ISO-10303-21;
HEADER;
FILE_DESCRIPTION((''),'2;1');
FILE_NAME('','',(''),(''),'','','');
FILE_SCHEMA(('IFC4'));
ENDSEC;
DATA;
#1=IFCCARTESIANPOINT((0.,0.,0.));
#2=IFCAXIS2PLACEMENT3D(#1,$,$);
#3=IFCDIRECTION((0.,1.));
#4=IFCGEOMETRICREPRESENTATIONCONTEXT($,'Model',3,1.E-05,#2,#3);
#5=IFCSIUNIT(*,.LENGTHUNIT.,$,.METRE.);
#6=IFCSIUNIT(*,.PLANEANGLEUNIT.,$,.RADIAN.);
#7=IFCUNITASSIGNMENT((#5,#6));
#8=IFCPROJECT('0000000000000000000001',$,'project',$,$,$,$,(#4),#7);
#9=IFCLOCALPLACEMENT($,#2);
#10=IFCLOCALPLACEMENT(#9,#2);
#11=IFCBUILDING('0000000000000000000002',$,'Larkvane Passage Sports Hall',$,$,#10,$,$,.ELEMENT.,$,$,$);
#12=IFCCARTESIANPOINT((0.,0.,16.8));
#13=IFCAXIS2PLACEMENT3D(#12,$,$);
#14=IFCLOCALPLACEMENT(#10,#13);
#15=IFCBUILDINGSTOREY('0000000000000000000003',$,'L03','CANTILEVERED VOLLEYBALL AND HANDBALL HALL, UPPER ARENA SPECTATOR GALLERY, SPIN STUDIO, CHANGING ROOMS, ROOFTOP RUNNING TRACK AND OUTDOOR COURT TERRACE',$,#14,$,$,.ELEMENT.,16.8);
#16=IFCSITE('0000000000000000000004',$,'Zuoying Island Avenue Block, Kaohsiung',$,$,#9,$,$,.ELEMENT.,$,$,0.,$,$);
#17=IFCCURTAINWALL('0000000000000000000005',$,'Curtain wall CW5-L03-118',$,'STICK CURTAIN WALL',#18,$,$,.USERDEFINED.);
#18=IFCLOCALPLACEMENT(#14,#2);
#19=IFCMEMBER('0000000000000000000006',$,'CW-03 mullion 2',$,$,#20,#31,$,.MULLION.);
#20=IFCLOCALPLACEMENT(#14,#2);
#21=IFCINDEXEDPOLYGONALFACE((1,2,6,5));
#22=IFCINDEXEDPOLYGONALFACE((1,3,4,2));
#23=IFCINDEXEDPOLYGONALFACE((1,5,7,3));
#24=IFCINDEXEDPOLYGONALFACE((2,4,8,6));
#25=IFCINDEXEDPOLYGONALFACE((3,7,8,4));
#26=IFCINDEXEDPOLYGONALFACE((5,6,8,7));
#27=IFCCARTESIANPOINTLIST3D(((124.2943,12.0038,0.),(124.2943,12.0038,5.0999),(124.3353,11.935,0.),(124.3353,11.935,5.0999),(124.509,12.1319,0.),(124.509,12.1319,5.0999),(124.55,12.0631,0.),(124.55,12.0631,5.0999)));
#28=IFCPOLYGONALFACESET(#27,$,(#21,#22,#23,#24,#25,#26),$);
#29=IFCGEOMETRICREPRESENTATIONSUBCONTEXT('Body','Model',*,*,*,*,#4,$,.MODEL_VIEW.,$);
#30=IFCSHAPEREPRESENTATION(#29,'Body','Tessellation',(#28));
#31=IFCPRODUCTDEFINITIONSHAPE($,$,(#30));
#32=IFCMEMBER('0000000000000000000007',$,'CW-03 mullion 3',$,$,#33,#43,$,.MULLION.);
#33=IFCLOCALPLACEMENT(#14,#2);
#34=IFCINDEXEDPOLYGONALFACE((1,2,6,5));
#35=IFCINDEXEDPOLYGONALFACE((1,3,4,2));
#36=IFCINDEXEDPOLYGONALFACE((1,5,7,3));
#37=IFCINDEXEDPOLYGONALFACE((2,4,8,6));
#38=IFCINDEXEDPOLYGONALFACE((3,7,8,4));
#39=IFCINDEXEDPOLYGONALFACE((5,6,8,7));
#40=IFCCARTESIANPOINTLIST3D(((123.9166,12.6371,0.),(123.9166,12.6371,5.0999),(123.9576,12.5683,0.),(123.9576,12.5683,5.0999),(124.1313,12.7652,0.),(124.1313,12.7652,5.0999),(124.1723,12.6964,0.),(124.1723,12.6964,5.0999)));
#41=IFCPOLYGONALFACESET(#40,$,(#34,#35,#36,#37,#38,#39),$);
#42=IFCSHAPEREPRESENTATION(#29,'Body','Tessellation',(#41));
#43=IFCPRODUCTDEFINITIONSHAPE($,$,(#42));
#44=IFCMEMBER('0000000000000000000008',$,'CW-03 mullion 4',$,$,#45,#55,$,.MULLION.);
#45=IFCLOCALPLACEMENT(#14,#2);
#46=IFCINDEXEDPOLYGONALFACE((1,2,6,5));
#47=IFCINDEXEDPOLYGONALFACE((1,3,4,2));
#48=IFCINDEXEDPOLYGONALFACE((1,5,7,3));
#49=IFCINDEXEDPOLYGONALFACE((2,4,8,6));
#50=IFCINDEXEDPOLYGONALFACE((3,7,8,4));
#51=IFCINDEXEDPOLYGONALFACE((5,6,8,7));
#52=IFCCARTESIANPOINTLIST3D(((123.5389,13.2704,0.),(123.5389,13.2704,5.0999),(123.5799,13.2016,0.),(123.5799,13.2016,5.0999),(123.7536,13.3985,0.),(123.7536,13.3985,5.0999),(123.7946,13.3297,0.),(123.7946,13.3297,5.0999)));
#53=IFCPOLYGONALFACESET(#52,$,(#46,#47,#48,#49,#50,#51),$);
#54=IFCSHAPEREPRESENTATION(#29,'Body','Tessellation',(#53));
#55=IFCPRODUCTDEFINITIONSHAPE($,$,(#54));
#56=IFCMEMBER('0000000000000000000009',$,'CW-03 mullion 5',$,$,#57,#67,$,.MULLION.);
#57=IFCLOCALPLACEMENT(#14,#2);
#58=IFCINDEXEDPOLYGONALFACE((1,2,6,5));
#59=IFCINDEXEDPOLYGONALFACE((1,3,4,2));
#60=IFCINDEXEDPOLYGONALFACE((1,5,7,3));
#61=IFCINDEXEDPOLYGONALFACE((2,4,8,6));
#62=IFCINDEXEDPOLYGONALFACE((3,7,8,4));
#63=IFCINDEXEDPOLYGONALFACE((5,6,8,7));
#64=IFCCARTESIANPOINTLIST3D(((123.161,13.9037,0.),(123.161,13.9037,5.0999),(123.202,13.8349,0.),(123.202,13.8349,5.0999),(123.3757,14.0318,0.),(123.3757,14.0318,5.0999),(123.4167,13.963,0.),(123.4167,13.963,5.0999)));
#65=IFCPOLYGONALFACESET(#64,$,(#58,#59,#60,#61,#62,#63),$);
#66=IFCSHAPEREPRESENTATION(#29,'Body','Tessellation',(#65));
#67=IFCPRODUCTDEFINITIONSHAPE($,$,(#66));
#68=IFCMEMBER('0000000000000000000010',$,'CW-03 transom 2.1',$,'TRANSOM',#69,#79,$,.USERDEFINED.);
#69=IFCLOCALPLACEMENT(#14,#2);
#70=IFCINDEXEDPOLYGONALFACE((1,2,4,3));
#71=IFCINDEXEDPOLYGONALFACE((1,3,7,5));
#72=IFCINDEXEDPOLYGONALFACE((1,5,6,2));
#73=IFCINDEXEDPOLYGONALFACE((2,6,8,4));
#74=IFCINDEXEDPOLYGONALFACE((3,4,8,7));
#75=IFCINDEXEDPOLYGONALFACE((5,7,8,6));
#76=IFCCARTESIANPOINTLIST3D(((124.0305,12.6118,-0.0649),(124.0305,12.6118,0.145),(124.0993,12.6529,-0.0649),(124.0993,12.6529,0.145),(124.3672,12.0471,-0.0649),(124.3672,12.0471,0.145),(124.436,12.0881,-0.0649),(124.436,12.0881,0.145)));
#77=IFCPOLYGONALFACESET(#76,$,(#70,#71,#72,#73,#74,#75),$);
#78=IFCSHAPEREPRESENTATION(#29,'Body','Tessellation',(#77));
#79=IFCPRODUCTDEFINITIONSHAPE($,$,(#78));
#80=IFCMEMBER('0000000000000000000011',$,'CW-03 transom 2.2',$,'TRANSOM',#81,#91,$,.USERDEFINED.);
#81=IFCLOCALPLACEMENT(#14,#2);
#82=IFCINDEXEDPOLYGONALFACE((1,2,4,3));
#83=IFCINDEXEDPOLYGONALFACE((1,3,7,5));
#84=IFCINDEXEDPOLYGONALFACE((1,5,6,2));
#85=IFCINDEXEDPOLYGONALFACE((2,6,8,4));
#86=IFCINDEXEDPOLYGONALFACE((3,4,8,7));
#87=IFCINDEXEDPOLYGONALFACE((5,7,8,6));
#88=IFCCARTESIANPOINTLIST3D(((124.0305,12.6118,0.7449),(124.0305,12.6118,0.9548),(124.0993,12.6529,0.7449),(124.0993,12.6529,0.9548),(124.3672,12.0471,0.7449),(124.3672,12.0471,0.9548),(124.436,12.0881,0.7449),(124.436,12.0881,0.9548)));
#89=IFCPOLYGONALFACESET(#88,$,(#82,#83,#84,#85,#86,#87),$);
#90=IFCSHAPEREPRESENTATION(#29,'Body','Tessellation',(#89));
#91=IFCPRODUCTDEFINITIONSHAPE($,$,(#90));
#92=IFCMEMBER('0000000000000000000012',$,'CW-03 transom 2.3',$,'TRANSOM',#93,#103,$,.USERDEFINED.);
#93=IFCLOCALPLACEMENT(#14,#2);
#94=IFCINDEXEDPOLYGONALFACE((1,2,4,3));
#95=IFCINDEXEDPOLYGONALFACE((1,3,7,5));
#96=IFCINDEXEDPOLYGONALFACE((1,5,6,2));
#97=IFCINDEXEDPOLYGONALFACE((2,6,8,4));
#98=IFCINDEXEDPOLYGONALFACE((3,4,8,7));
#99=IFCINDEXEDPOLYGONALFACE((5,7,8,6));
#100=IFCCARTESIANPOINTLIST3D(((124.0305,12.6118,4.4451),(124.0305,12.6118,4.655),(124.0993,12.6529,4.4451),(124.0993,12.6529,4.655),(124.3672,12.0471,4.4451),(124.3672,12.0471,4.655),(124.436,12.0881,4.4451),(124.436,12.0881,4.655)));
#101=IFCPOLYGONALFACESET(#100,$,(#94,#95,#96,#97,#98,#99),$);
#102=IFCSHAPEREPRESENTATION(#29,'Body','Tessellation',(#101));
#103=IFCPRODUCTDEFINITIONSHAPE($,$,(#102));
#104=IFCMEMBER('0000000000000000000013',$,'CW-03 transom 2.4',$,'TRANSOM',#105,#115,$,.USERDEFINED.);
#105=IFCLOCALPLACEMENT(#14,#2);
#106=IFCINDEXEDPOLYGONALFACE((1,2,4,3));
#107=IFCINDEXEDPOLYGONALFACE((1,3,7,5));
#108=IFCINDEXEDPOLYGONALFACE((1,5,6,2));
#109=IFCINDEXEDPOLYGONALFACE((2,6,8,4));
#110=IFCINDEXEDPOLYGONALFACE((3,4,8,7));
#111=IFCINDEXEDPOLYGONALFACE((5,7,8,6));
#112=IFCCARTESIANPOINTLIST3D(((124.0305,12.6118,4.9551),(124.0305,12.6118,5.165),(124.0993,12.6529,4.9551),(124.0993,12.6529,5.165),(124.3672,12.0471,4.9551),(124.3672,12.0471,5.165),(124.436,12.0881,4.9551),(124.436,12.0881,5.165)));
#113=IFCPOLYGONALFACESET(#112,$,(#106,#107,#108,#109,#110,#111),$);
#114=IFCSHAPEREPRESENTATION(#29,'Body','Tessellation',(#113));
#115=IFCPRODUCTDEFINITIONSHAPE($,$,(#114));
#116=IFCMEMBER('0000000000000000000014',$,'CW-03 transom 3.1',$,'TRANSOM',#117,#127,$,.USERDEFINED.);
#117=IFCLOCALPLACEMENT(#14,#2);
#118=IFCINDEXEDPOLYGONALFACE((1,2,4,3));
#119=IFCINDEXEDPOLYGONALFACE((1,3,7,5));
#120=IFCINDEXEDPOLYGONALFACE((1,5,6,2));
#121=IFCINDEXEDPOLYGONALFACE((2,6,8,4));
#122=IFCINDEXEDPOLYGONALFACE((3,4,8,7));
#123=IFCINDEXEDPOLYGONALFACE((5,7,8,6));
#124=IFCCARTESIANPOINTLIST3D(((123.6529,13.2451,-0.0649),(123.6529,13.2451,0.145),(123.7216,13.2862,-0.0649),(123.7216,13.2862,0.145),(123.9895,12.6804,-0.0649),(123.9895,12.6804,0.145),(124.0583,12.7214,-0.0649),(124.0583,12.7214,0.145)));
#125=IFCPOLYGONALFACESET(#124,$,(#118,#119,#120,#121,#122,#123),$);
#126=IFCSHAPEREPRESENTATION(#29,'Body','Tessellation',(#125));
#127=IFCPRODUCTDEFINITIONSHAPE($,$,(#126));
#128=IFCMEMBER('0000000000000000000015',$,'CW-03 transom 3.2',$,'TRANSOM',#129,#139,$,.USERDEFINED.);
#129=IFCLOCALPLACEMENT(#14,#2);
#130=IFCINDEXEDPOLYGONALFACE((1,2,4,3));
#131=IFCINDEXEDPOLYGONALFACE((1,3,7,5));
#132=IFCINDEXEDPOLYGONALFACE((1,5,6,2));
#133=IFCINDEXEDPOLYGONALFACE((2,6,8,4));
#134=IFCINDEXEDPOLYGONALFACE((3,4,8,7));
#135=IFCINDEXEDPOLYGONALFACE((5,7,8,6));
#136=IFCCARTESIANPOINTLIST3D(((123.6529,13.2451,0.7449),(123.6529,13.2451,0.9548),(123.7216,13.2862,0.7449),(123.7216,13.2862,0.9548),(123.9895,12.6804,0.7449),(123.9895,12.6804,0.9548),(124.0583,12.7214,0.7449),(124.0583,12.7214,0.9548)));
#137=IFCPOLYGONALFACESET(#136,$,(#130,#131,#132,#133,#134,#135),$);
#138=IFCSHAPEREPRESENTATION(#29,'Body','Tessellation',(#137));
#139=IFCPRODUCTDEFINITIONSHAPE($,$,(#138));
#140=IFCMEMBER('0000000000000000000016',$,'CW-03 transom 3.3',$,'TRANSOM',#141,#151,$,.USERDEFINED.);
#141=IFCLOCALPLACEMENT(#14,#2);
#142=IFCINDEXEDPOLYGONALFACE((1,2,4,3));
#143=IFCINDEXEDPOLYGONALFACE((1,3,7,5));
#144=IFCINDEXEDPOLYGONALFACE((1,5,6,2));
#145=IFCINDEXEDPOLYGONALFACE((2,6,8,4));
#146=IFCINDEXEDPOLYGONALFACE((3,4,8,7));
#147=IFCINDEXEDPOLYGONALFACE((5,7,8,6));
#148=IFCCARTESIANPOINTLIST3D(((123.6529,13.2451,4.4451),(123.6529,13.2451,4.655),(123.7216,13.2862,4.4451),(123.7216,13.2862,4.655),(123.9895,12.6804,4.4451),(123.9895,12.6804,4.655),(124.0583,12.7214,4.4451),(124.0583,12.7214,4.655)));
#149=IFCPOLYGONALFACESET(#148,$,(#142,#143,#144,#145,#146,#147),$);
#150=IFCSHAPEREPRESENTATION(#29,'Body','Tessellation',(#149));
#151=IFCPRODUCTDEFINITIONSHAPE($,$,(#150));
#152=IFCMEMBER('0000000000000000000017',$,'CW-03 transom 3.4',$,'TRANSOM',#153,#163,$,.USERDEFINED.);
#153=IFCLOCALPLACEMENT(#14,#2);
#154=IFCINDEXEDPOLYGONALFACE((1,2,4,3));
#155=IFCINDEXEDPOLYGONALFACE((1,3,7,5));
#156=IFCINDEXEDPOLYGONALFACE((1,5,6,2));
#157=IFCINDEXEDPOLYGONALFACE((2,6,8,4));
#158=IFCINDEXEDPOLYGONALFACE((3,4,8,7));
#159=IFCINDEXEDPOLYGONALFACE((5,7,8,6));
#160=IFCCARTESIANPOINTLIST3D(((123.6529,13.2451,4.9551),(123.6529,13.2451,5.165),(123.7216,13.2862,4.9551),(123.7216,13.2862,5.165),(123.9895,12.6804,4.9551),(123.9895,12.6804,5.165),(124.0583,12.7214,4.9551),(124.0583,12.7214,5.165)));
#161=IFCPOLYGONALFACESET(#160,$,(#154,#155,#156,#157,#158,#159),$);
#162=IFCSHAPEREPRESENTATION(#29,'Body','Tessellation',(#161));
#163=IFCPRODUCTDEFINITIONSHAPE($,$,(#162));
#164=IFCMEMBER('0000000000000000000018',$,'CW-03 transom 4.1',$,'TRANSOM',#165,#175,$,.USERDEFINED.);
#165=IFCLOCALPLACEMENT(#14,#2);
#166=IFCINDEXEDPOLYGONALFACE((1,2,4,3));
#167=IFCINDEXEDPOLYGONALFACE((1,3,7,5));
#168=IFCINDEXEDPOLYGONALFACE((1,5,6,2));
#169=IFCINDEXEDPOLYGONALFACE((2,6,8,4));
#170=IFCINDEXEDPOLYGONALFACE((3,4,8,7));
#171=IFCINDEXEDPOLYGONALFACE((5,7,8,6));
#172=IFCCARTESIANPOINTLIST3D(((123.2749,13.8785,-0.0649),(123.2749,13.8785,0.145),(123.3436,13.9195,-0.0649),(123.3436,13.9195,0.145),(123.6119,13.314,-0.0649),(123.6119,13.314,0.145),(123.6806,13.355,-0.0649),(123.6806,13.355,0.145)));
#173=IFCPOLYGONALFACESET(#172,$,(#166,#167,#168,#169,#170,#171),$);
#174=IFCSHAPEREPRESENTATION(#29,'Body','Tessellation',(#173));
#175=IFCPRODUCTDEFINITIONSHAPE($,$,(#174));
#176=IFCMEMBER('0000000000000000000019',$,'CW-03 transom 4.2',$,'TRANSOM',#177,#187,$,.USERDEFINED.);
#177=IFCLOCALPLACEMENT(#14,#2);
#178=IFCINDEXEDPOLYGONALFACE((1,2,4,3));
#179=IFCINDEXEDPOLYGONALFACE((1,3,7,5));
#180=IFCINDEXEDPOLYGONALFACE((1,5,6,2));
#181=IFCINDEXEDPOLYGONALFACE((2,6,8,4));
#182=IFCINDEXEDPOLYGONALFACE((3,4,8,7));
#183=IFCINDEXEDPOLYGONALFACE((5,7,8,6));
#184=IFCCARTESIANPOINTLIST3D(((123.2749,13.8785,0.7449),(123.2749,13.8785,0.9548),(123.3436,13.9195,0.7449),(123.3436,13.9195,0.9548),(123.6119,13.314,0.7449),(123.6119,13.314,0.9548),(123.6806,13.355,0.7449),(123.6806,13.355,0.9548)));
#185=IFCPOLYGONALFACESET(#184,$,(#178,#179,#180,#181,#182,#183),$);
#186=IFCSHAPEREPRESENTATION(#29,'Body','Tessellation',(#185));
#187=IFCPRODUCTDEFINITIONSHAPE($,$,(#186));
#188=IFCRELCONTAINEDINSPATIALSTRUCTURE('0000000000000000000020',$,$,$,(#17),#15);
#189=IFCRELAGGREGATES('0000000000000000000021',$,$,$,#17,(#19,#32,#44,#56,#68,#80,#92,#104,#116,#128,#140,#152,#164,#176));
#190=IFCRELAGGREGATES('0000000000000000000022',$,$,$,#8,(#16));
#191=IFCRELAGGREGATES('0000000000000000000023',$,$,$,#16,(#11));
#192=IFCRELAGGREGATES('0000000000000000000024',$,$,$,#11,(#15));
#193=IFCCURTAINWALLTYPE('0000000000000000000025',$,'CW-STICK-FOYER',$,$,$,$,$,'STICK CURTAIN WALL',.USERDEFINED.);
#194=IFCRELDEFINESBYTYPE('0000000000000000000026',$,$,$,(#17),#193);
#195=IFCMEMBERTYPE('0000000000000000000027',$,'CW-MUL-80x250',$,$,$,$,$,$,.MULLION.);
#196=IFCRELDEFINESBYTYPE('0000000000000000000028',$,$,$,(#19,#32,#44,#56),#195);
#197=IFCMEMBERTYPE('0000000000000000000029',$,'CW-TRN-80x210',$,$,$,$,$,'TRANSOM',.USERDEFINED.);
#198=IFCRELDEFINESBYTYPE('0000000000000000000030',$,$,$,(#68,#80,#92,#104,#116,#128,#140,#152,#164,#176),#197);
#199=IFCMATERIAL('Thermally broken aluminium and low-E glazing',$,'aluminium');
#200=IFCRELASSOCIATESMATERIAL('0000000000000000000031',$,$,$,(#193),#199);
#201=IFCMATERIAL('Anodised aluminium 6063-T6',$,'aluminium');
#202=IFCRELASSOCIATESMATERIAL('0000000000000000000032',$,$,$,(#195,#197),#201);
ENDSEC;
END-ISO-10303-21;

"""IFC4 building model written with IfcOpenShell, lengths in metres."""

from ifc_helpers import new_model, si_unit, direction, frame, origin, origin_2d, place, context, subcontext, project, spatial, rectangle, extrude, material, material_profile, profile_set, type_object, element, aggregate, save


model = new_model("IFC4")

# Units and contexts
model_context = context("Model", 3, precision=1e-05, world=origin(), true_north=direction((0.0, 1.0)))
body_context = subcontext(model_context, "Body", "Model", "MODEL_VIEW")
ifc_project = project(units=[si_unit("LENGTHUNIT", "METRE"), si_unit("PLANEANGLEUNIT", "RADIAN")], contexts=[model_context])

# Site, building, storey
site_placement = place(None, origin())
site = spatial("IfcSite", under=ifc_project, at=site_placement, Name="Zuoying Island Avenue Block, Kaohsiung", CompositionType="ELEMENT", RefElevation=0.0)
building_placement = place(site_placement, origin())
building = spatial("IfcBuilding", under=site, at=building_placement, Name="Larkvane Passage Sports Hall", CompositionType="ELEMENT")
storey_placement = place(building_placement, frame((0.0, 0.0, 16.8)))
storey = spatial("IfcBuildingStorey", under=building, at=storey_placement, Name="L03", Description="CANTILEVERED VOLLEYBALL AND HANDBALL HALL, UPPER ARENA SPECTATOR GALLERY, SPIN STUDIO, CHANGING ROOMS, ROOFTOP RUNNING TRACK AND OUTDOOR COURT TERRACE", CompositionType="ELEMENT", Elevation=16.8)

# Curtain wall, members
ifc_material_1 = material(Name="Thermally broken aluminium and low-E glazing", Category="aluminium")
curtain_wall_type = type_object("IfcCurtainWallType", Name="CW-STICK-FOYER", ElementType="STICK CURTAIN WALL", PredefinedType="USERDEFINED", material=ifc_material_1)
curtain_wall_placement = place(storey_placement, origin())
curtain_wall = element("IfcCurtainWall", 1, at=curtain_wall_placement, inside=storey, type_object=curtain_wall_type, Name="Curtain wall CW5-L03-118", ObjectType="STICK CURTAIN WALL", PredefinedType="USERDEFINED")
ifc_material_2 = material(Name="Anodised aluminium 6063-T6", Category="aluminium")
ifc_material_profile_1 = material_profile(ifc_material_2, rectangle(XDim=0.0801, YDim=0.25, at=origin_2d()), Name="ALU-MUL-80x250")
ifc_profile_set_1 = profile_set([ifc_material_profile_1], Name="Anodised aluminium 6063-T6")
member_type_1 = type_object("IfcMemberType", Name="CW-MUL-80x250", PredefinedType="MULLION", material=ifc_profile_set_1)
member_1_placement = place(storey_placement, frame((124.4221, 12.0334, 0.0), z_axis=(0.0, 0.0, 1.0), x_axis=(-0.512278, 0.85882, 0.0)))
member_1 = element("IfcMember", 2, at=member_1_placement, type_object=member_type_1, Name="CW-03 mullion 2", PredefinedType="MULLION", context=body_context, shape_type="SweptSolid", body=[
    extrude(rectangle(XDim=0.0801, YDim=0.25, at=origin_2d()), origin(), (0.0, 0.0, 1.0), 5.0999),
])
member_2_placement = place(storey_placement, frame((124.0444, 12.6667, 0.0), z_axis=(0.0, 0.0, 1.0), x_axis=(-0.512278, 0.85882, 0.0)))
member_2 = element("IfcMember", 3, at=member_2_placement, type_object=member_type_1, Name="CW-03 mullion 3", PredefinedType="MULLION", context=body_context, shape_type="SweptSolid", body=[
    extrude(rectangle(XDim=0.0801, YDim=0.25, at=origin_2d()), origin(), (0.0, 0.0, 1.0), 5.0999),
])
member_3_placement = place(storey_placement, frame((123.6667, 13.3, 0.0), z_axis=(0.0, 0.0, 1.0), x_axis=(-0.512278, 0.85882, 0.0)))
member_3 = element("IfcMember", 4, at=member_3_placement, type_object=member_type_1, Name="CW-03 mullion 4", PredefinedType="MULLION", context=body_context, shape_type="SweptSolid", body=[
    extrude(rectangle(XDim=0.0801, YDim=0.25, at=origin_2d()), origin(), (0.0, 0.0, 1.0), 5.0999),
])
member_4_placement = place(storey_placement, frame((123.2888, 13.9333, 0.0), z_axis=(0.0, 0.0, 1.0), x_axis=(-0.512278, 0.85882, 0.0)))
member_4 = element("IfcMember", 5, at=member_4_placement, type_object=member_type_1, Name="CW-03 mullion 5", PredefinedType="MULLION", context=body_context, shape_type="SweptSolid", body=[
    extrude(rectangle(XDim=0.0801, YDim=0.25, at=origin_2d()), origin(), (0.0, 0.0, 1.0), 5.0999),
])
ifc_material_profile_2 = material_profile(ifc_material_2, rectangle(XDim=0.0801, YDim=0.21, at=origin_2d()), Name="ALU-TRN-80x210")
ifc_profile_set_2 = profile_set([ifc_material_profile_2], Name="Anodised aluminium 6063-T6")
member_type_2 = type_object("IfcMemberType", Name="CW-TRN-80x210", ElementType="TRANSOM", PredefinedType="USERDEFINED", material=ifc_profile_set_2)
member_5_placement = place(storey_placement, frame((124.4016, 12.0676, 0.04), z_axis=(-0.512091, 0.858931, 0.0), x_axis=(-0.858931, -0.512091, 0.0)))
member_5 = element("IfcMember", 6, at=member_5_placement, type_object=member_type_2, Name="CW-03 transom 2.1", ObjectType="TRANSOM", PredefinedType="USERDEFINED", context=body_context, shape_type="SweptSolid", body=[
    extrude(rectangle(XDim=0.0801, YDim=0.21, at=origin_2d()), origin(), (0.0, 0.0, 1.0), 0.6575),
])
member_6_placement = place(storey_placement, frame((124.4016, 12.0676, 0.8499), z_axis=(-0.512091, 0.858931, 0.0), x_axis=(-0.858931, -0.512091, 0.0)))
member_6 = element("IfcMember", 7, at=member_6_placement, type_object=member_type_2, Name="CW-03 transom 2.2", ObjectType="TRANSOM", PredefinedType="USERDEFINED", context=body_context, shape_type="SweptSolid", body=[
    extrude(rectangle(XDim=0.0801, YDim=0.21, at=origin_2d()), origin(), (0.0, 0.0, 1.0), 0.6575),
])
member_7_placement = place(storey_placement, frame((124.4016, 12.0676, 4.55), z_axis=(-0.512091, 0.858931, 0.0), x_axis=(-0.858931, -0.512091, 0.0)))
member_7 = element("IfcMember", 8, at=member_7_placement, type_object=member_type_2, Name="CW-03 transom 2.3", ObjectType="TRANSOM", PredefinedType="USERDEFINED", context=body_context, shape_type="SweptSolid", body=[
    extrude(rectangle(XDim=0.0801, YDim=0.21, at=origin_2d()), origin(), (0.0, 0.0, 1.0), 0.6575),
])
member_8_placement = place(storey_placement, frame((124.4016, 12.0676, 5.0601), z_axis=(-0.512091, 0.858931, 0.0), x_axis=(-0.858931, -0.512091, 0.0)))
member_8 = element("IfcMember", 9, at=member_8_placement, type_object=member_type_2, Name="CW-03 transom 2.4", ObjectType="TRANSOM", PredefinedType="USERDEFINED", context=body_context, shape_type="SweptSolid", body=[
    extrude(rectangle(XDim=0.0801, YDim=0.21, at=origin_2d()), origin(), (0.0, 0.0, 1.0), 0.6575),
])
member_9_placement = place(storey_placement, frame((124.0239, 12.7009, 0.04), z_axis=(-0.512091, 0.858931, 0.0), x_axis=(-0.858931, -0.512091, 0.0)))
member_9 = element("IfcMember", 10, at=member_9_placement, type_object=member_type_2, Name="CW-03 transom 3.1", ObjectType="TRANSOM", PredefinedType="USERDEFINED", context=body_context, shape_type="SweptSolid", body=[
    extrude(rectangle(XDim=0.0801, YDim=0.21, at=origin_2d()), origin(), (0.0, 0.0, 1.0), 0.6575),
])
member_10_placement = place(storey_placement, frame((124.0239, 12.7009, 0.8499), z_axis=(-0.512091, 0.858931, 0.0), x_axis=(-0.858931, -0.512091, 0.0)))
member_10 = element("IfcMember", 11, at=member_10_placement, type_object=member_type_2, Name="CW-03 transom 3.2", ObjectType="TRANSOM", PredefinedType="USERDEFINED", context=body_context, shape_type="SweptSolid", body=[
    extrude(rectangle(XDim=0.0801, YDim=0.21, at=origin_2d()), origin(), (0.0, 0.0, 1.0), 0.6575),
])
member_11_placement = place(storey_placement, frame((124.0239, 12.7009, 4.55), z_axis=(-0.512091, 0.858931, 0.0), x_axis=(-0.858931, -0.512091, 0.0)))
member_11 = element("IfcMember", 12, at=member_11_placement, type_object=member_type_2, Name="CW-03 transom 3.3", ObjectType="TRANSOM", PredefinedType="USERDEFINED", context=body_context, shape_type="SweptSolid", body=[
    extrude(rectangle(XDim=0.0801, YDim=0.21, at=origin_2d()), origin(), (0.0, 0.0, 1.0), 0.6575),
])
member_12_placement = place(storey_placement, frame((124.0239, 12.7009, 5.0601), z_axis=(-0.512091, 0.858931, 0.0), x_axis=(-0.858931, -0.512091, 0.0)))
member_12 = element("IfcMember", 13, at=member_12_placement, type_object=member_type_2, Name="CW-03 transom 3.4", ObjectType="TRANSOM", PredefinedType="USERDEFINED", context=body_context, shape_type="SweptSolid", body=[
    extrude(rectangle(XDim=0.0801, YDim=0.21, at=origin_2d()), origin(), (0.0, 0.0, 1.0), 0.6575),
])
member_13_placement = place(storey_placement, frame((123.6462, 13.3345, 0.04), z_axis=(-0.512528, 0.85867, 0.0), x_axis=(-0.85867, -0.512528, 0.0)))
member_13 = element("IfcMember", 14, at=member_13_placement, type_object=member_type_2, Name="CW-03 transom 4.1", ObjectType="TRANSOM", PredefinedType="USERDEFINED", context=body_context, shape_type="SweptSolid", body=[
    extrude(rectangle(XDim=0.0801, YDim=0.21, at=origin_2d()), origin(), (0.0, 0.0, 1.0), 0.6575),
])
member_14_placement = place(storey_placement, frame((123.6462, 13.3345, 0.8499), z_axis=(-0.512528, 0.85867, 0.0), x_axis=(-0.85867, -0.512528, 0.0)))
member_14 = element("IfcMember", 15, at=member_14_placement, type_object=member_type_2, Name="CW-03 transom 4.2", ObjectType="TRANSOM", PredefinedType="USERDEFINED", context=body_context, shape_type="SweptSolid", body=[
    extrude(rectangle(XDim=0.0801, YDim=0.21, at=origin_2d()), origin(), (0.0, 0.0, 1.0), 0.6575),
])
aggregate(curtain_wall, [member_1, member_2, member_3, member_4, member_5, member_6, member_7, member_8, member_9, member_10, member_11, member_12, member_13, member_14])

save(model, "model.ifc")
